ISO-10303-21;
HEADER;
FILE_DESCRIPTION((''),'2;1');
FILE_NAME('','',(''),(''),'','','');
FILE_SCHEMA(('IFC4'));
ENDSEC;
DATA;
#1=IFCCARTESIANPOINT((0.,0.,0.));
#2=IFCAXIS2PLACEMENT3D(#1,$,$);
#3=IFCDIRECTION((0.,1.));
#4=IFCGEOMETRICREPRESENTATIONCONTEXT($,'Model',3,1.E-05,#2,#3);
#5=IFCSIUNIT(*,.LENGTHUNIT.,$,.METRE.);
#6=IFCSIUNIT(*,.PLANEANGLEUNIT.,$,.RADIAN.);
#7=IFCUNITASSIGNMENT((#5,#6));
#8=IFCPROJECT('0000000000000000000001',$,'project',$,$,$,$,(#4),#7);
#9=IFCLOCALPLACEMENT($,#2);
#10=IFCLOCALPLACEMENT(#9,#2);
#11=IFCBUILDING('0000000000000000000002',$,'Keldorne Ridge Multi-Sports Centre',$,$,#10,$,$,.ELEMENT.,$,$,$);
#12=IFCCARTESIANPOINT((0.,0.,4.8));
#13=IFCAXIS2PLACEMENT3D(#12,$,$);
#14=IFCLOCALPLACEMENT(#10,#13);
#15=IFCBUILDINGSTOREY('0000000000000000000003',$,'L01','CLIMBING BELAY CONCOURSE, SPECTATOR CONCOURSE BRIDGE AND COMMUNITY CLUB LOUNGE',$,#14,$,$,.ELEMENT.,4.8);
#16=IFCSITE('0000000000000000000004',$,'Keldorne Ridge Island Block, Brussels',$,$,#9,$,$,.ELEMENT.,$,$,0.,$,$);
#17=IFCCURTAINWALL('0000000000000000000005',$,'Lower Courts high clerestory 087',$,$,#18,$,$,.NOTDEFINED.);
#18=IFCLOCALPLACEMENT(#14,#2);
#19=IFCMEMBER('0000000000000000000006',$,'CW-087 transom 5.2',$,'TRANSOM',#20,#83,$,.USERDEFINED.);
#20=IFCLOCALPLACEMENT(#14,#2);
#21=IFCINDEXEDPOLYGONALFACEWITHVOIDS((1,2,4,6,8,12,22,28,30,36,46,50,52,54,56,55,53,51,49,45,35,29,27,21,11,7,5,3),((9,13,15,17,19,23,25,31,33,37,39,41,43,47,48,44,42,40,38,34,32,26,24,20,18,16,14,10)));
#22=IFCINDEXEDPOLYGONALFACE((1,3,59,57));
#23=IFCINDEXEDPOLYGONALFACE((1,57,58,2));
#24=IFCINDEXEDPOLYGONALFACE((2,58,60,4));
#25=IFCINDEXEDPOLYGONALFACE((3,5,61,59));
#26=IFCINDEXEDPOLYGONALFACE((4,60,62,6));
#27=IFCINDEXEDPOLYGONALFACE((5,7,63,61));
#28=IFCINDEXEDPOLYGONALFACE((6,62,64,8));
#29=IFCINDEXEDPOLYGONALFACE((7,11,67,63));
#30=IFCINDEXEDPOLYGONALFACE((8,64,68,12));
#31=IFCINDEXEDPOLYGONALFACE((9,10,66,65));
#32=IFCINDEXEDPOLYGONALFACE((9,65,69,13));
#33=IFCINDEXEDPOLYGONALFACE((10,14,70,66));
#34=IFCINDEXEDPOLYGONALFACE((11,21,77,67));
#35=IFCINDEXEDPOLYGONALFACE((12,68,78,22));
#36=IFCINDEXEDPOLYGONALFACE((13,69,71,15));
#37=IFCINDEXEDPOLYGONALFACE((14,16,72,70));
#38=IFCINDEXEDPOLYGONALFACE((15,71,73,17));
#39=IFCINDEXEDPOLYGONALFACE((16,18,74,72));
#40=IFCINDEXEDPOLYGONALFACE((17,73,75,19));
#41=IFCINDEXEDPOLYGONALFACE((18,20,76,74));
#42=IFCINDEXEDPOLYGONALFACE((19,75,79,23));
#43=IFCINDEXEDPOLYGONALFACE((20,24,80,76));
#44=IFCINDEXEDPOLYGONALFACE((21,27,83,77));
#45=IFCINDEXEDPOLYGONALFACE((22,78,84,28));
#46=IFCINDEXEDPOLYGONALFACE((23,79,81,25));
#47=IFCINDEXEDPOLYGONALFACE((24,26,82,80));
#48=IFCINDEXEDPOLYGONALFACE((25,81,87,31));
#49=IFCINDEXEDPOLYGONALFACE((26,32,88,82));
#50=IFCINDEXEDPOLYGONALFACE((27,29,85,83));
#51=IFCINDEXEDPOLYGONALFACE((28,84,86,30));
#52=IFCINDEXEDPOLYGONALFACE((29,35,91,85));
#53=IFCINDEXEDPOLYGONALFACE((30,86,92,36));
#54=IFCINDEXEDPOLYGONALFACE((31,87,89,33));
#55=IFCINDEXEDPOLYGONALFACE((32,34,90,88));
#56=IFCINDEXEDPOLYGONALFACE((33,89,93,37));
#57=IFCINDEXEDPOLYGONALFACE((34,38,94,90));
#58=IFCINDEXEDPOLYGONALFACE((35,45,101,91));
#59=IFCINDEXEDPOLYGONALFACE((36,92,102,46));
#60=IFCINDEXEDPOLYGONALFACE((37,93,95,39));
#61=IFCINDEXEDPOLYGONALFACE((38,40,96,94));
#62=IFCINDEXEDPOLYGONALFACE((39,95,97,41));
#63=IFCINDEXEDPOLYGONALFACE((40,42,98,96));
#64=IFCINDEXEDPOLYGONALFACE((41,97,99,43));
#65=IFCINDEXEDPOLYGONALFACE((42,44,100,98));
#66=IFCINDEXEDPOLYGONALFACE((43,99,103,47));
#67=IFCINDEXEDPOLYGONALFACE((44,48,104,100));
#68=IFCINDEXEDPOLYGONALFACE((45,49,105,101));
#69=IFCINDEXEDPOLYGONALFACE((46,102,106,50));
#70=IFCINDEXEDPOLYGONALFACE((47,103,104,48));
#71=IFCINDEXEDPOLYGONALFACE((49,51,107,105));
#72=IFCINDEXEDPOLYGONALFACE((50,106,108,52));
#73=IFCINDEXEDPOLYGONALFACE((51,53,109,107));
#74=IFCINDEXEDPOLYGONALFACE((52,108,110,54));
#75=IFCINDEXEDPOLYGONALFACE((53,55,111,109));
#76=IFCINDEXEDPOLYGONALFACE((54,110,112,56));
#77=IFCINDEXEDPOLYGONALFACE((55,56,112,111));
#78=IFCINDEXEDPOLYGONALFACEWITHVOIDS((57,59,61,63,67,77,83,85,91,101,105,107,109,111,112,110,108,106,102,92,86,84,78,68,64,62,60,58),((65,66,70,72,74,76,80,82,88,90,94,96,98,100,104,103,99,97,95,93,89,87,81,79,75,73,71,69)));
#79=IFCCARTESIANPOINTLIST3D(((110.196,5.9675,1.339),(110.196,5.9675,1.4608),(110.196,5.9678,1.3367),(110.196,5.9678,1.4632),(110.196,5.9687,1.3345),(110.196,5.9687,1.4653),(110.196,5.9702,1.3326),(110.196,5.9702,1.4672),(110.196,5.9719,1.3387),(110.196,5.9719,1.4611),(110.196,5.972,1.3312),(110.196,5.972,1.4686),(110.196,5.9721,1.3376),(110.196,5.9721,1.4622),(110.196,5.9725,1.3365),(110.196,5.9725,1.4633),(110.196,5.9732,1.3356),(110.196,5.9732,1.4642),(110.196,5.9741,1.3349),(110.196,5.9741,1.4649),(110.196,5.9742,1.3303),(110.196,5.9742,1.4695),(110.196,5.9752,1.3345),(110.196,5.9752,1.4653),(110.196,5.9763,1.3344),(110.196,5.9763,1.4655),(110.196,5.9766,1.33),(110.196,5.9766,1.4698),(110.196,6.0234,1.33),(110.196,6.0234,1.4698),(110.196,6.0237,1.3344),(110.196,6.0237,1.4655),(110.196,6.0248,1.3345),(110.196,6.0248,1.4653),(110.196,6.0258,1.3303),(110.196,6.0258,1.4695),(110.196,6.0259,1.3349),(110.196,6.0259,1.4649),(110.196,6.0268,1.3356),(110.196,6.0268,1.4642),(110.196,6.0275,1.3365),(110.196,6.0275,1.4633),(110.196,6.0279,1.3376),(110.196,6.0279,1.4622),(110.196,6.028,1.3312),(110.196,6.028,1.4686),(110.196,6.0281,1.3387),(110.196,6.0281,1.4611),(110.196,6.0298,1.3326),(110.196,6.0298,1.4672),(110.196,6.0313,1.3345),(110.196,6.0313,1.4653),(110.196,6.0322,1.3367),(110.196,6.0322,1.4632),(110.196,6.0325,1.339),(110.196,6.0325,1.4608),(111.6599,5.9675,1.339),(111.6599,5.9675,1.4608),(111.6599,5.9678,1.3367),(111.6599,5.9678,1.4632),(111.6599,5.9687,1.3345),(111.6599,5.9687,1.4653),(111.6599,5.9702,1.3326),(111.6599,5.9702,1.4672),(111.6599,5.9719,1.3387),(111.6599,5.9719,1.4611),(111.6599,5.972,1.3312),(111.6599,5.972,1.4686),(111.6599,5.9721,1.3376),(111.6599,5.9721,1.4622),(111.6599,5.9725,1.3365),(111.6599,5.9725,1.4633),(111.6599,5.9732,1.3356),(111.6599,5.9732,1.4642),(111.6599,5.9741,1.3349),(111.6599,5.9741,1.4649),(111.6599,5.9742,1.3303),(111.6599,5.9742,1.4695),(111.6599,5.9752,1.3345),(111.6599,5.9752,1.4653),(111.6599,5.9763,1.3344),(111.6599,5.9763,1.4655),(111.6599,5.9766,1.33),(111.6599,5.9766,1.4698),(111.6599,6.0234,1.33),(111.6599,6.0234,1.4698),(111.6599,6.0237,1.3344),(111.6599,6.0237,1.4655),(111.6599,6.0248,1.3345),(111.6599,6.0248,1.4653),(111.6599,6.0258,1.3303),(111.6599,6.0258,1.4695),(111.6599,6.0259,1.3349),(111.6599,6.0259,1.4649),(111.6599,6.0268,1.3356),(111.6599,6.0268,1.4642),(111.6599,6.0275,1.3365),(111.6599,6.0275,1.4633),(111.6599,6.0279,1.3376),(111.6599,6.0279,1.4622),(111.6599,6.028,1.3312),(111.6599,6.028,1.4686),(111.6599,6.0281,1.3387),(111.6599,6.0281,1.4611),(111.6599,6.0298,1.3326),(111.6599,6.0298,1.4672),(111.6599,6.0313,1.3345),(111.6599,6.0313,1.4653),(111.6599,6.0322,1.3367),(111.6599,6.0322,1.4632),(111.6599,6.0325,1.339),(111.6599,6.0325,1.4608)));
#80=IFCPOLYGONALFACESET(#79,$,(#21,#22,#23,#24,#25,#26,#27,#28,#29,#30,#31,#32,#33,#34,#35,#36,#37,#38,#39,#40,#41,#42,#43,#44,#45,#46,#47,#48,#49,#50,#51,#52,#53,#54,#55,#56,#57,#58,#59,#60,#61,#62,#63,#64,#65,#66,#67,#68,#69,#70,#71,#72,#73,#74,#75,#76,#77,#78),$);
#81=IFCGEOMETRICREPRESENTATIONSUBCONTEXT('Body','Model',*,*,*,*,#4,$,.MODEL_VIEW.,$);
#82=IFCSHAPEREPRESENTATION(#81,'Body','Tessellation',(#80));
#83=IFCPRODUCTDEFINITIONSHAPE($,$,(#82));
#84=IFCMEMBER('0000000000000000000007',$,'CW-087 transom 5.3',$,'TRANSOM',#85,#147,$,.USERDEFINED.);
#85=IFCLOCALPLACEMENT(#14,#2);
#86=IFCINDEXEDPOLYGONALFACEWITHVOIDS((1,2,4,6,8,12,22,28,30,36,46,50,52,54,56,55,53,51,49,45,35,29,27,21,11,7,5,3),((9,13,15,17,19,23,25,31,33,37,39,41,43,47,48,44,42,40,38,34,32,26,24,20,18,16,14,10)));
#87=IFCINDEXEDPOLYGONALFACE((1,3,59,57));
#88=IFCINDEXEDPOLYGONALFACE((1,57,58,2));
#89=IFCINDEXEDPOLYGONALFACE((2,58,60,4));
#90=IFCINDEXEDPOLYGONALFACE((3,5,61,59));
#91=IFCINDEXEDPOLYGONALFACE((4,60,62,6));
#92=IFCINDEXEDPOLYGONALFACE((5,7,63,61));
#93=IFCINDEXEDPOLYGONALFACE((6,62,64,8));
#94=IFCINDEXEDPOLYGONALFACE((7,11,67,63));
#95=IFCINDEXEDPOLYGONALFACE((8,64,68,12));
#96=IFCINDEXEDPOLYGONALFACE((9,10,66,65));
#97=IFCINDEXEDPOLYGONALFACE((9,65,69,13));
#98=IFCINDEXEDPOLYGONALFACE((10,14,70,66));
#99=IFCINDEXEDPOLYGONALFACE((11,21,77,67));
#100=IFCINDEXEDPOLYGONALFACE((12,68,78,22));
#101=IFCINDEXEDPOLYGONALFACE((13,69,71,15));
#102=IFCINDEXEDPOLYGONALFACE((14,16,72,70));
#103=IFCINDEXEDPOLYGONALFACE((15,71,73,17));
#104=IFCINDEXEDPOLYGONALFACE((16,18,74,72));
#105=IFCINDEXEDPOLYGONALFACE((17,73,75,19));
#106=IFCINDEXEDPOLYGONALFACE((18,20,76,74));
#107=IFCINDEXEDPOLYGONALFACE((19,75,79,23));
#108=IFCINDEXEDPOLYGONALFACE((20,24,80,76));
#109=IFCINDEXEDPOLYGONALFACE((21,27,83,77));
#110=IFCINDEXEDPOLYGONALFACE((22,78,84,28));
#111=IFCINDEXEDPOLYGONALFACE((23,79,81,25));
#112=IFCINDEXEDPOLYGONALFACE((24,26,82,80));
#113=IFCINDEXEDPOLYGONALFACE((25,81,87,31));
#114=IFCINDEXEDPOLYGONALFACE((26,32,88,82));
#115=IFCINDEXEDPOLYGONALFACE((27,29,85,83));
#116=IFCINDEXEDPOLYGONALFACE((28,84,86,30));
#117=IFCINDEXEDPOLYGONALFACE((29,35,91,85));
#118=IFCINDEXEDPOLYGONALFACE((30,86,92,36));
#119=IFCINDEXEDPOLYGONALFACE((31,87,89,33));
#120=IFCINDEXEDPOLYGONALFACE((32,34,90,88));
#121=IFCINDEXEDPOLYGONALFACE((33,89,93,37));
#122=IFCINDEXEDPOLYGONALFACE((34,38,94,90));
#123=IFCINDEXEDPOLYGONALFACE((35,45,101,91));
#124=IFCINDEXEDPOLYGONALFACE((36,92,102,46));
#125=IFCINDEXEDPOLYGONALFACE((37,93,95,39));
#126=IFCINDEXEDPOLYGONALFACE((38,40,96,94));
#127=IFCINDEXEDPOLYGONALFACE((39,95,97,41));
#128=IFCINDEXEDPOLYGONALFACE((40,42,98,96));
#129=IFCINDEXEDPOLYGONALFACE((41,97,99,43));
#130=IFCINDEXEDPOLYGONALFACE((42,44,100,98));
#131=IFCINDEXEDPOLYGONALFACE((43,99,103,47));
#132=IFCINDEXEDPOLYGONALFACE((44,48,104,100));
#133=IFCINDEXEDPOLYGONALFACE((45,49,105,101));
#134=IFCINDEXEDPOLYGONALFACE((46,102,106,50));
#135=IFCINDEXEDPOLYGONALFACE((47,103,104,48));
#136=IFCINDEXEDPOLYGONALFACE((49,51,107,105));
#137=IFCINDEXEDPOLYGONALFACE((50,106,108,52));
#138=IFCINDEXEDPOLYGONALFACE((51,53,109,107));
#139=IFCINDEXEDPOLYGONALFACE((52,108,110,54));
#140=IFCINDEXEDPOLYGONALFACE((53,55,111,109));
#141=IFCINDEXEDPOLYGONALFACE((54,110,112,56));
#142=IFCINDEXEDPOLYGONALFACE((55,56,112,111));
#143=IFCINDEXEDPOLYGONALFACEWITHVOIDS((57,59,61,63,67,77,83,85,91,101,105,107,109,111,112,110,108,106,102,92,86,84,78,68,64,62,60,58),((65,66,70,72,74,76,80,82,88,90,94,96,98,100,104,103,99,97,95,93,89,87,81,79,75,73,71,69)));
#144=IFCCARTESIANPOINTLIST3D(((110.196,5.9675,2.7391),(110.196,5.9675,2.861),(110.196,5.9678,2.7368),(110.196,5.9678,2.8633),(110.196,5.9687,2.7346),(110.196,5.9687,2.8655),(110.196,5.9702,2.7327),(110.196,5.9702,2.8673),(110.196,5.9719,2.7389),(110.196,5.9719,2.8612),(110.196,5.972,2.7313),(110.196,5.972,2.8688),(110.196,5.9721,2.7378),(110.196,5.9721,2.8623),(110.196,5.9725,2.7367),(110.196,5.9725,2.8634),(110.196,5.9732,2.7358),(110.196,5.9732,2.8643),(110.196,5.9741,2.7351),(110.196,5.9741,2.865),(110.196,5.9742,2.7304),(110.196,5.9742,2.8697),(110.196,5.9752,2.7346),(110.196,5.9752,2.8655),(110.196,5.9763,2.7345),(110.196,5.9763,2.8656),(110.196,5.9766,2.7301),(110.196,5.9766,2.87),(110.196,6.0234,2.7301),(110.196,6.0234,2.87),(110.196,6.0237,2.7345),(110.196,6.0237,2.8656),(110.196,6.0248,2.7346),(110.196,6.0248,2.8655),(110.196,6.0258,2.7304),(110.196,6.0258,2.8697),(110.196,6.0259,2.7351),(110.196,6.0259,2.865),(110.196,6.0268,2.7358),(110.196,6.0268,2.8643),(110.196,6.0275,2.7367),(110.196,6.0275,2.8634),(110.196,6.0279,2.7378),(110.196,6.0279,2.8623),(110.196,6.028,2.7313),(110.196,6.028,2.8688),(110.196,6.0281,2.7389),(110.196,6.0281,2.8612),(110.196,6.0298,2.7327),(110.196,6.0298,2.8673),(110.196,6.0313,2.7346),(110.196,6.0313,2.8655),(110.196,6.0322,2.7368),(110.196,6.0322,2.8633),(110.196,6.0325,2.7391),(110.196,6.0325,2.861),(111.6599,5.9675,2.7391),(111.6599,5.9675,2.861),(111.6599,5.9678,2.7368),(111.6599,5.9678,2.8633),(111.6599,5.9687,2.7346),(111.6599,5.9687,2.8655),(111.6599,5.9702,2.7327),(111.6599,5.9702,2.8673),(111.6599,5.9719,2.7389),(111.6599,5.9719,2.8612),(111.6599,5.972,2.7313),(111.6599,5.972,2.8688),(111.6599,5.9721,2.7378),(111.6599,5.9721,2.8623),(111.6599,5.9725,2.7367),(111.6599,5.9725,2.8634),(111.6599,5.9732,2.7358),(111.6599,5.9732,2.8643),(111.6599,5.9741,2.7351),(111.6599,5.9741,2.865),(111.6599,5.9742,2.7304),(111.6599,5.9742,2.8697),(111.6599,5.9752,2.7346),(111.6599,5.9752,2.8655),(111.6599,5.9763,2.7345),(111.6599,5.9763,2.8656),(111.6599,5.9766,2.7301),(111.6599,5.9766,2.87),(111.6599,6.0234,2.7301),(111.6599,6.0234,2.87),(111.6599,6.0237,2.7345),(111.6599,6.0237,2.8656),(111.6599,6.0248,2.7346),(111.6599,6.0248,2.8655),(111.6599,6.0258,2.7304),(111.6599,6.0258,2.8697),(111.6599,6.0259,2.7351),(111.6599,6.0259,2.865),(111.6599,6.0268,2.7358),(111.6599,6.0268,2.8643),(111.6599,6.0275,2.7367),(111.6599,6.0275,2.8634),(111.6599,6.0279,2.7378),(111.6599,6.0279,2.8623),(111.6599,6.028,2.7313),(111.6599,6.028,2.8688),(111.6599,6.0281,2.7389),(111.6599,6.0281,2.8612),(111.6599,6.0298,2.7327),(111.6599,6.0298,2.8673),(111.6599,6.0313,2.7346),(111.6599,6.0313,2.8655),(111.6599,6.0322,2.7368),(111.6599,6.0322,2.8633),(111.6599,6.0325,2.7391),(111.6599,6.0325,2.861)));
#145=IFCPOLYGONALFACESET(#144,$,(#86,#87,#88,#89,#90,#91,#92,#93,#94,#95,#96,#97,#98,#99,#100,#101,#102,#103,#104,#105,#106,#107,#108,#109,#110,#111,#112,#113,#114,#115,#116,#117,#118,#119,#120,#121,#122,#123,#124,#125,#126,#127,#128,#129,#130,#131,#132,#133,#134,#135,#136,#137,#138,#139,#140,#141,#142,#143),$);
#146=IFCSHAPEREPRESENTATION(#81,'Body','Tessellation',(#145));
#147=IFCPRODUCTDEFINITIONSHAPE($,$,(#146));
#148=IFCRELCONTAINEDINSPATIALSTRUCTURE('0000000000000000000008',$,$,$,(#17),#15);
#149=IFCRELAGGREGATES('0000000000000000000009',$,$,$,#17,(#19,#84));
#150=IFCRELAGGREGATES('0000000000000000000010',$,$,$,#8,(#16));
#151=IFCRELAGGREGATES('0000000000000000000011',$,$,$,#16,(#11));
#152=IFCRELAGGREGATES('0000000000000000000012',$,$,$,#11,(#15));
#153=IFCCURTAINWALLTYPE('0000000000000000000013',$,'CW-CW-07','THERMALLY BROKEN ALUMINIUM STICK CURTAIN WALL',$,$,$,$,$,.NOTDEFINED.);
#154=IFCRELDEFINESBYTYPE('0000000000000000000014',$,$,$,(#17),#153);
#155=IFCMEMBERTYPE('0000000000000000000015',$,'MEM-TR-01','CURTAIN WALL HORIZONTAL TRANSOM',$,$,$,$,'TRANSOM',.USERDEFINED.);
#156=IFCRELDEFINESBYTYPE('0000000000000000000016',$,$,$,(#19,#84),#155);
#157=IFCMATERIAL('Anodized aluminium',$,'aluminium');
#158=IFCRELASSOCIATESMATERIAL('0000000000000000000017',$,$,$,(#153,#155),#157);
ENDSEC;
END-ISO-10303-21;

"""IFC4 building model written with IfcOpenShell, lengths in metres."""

from ifc_helpers import new_model, si_unit, direction, frame, origin, origin_2d, place, context, subcontext, project, spatial, hollow_rectangle, extrude, material, material_profile, profile_set, type_object, element, aggregate, save


model = new_model("IFC4")

# Units and contexts
model_context = context("Model", 3, precision=1e-05, world=origin(), true_north=direction((0.0, 1.0)))
body_context = subcontext(model_context, "Body", "Model", "MODEL_VIEW")
ifc_project = project(units=[si_unit("LENGTHUNIT", "METRE"), si_unit("PLANEANGLEUNIT", "RADIAN")], contexts=[model_context])

# Site, building, storey
site_placement = place(None, origin())
site = spatial("IfcSite", under=ifc_project, at=site_placement, Name="Keldorne Ridge Island Block, Brussels", CompositionType="ELEMENT", RefElevation=0.0)
building_placement = place(site_placement, origin())
building = spatial("IfcBuilding", under=site, at=building_placement, Name="Keldorne Ridge Multi-Sports Centre", CompositionType="ELEMENT")
storey_placement = place(building_placement, frame((0.0, 0.0, 4.8)))
storey = spatial("IfcBuildingStorey", under=building, at=storey_placement, Name="L01", Description="CLIMBING BELAY CONCOURSE, SPECTATOR CONCOURSE BRIDGE AND COMMUNITY CLUB LOUNGE", CompositionType="ELEMENT", Elevation=4.8)

# Curtain wall
ifc_material_1 = material(Name="Anodized aluminium", Category="aluminium")
curtain_wall_type = type_object("IfcCurtainWallType", Name="CW-CW-07", Description="THERMALLY BROKEN ALUMINIUM STICK CURTAIN WALL", PredefinedType="NOTDEFINED", material=ifc_material_1)
curtain_wall_placement = place(storey_placement, origin())
curtain_wall = element("IfcCurtainWall", 1, at=curtain_wall_placement, inside=storey, type_object=curtain_wall_type, Name="Lower Courts high clerestory 087", PredefinedType="NOTDEFINED")

# Members
ifc_material_profile_1 = material_profile(ifc_material_1, hollow_rectangle(XDim=0.0649, YDim=0.1399, WallThickness=0.0044, InnerFilletRadius=0.0044, OuterFilletRadius=0.009, at=origin_2d()), Name="ALU TRANSOM 140x65x4.5")
ifc_profile_set_1 = profile_set([ifc_material_profile_1], Name="Anodized aluminium")
member_type_1 = type_object("IfcMemberType", Name="MEM-TR-01", Description="CURTAIN WALL HORIZONTAL TRANSOM", ElementType="TRANSOM", PredefinedType="USERDEFINED", material=ifc_profile_set_1)
member_1_placement = place(storey_placement, frame((110.196, 6.0, 1.3999), z_axis=(1.0, 0.0, 0.0), x_axis=(0.0, 1.0, 0.0)))
member_1 = element("IfcMember", 2, at=member_1_placement, type_object=member_type_1, Name="CW-087 transom 5.2", ObjectType="TRANSOM", PredefinedType="USERDEFINED", context=body_context, shape_type="SweptSolid", body=[
    extrude(hollow_rectangle(XDim=0.0649, YDim=0.1399, WallThickness=0.0044, InnerFilletRadius=0.0044, OuterFilletRadius=0.009, at=origin_2d()), origin(), (0.0, 0.0, 1.0), 1.4639),
])
member_2_placement = place(storey_placement, frame((110.196, 6.0, 2.8), z_axis=(1.0, 0.0, 0.0), x_axis=(0.0, 1.0, 0.0)))
member_2 = element("IfcMember", 3, at=member_2_placement, type_object=member_type_1, Name="CW-087 transom 5.3", ObjectType="TRANSOM", PredefinedType="USERDEFINED", context=body_context, shape_type="SweptSolid", body=[
    extrude(hollow_rectangle(XDim=0.0649, YDim=0.1399, WallThickness=0.0044, InnerFilletRadius=0.0044, OuterFilletRadius=0.009, at=origin_2d()), origin(), (0.0, 0.0, 1.0), 1.4639),
])

aggregate(curtain_wall, [member_1, member_2])

save(model, "model.ifc")
